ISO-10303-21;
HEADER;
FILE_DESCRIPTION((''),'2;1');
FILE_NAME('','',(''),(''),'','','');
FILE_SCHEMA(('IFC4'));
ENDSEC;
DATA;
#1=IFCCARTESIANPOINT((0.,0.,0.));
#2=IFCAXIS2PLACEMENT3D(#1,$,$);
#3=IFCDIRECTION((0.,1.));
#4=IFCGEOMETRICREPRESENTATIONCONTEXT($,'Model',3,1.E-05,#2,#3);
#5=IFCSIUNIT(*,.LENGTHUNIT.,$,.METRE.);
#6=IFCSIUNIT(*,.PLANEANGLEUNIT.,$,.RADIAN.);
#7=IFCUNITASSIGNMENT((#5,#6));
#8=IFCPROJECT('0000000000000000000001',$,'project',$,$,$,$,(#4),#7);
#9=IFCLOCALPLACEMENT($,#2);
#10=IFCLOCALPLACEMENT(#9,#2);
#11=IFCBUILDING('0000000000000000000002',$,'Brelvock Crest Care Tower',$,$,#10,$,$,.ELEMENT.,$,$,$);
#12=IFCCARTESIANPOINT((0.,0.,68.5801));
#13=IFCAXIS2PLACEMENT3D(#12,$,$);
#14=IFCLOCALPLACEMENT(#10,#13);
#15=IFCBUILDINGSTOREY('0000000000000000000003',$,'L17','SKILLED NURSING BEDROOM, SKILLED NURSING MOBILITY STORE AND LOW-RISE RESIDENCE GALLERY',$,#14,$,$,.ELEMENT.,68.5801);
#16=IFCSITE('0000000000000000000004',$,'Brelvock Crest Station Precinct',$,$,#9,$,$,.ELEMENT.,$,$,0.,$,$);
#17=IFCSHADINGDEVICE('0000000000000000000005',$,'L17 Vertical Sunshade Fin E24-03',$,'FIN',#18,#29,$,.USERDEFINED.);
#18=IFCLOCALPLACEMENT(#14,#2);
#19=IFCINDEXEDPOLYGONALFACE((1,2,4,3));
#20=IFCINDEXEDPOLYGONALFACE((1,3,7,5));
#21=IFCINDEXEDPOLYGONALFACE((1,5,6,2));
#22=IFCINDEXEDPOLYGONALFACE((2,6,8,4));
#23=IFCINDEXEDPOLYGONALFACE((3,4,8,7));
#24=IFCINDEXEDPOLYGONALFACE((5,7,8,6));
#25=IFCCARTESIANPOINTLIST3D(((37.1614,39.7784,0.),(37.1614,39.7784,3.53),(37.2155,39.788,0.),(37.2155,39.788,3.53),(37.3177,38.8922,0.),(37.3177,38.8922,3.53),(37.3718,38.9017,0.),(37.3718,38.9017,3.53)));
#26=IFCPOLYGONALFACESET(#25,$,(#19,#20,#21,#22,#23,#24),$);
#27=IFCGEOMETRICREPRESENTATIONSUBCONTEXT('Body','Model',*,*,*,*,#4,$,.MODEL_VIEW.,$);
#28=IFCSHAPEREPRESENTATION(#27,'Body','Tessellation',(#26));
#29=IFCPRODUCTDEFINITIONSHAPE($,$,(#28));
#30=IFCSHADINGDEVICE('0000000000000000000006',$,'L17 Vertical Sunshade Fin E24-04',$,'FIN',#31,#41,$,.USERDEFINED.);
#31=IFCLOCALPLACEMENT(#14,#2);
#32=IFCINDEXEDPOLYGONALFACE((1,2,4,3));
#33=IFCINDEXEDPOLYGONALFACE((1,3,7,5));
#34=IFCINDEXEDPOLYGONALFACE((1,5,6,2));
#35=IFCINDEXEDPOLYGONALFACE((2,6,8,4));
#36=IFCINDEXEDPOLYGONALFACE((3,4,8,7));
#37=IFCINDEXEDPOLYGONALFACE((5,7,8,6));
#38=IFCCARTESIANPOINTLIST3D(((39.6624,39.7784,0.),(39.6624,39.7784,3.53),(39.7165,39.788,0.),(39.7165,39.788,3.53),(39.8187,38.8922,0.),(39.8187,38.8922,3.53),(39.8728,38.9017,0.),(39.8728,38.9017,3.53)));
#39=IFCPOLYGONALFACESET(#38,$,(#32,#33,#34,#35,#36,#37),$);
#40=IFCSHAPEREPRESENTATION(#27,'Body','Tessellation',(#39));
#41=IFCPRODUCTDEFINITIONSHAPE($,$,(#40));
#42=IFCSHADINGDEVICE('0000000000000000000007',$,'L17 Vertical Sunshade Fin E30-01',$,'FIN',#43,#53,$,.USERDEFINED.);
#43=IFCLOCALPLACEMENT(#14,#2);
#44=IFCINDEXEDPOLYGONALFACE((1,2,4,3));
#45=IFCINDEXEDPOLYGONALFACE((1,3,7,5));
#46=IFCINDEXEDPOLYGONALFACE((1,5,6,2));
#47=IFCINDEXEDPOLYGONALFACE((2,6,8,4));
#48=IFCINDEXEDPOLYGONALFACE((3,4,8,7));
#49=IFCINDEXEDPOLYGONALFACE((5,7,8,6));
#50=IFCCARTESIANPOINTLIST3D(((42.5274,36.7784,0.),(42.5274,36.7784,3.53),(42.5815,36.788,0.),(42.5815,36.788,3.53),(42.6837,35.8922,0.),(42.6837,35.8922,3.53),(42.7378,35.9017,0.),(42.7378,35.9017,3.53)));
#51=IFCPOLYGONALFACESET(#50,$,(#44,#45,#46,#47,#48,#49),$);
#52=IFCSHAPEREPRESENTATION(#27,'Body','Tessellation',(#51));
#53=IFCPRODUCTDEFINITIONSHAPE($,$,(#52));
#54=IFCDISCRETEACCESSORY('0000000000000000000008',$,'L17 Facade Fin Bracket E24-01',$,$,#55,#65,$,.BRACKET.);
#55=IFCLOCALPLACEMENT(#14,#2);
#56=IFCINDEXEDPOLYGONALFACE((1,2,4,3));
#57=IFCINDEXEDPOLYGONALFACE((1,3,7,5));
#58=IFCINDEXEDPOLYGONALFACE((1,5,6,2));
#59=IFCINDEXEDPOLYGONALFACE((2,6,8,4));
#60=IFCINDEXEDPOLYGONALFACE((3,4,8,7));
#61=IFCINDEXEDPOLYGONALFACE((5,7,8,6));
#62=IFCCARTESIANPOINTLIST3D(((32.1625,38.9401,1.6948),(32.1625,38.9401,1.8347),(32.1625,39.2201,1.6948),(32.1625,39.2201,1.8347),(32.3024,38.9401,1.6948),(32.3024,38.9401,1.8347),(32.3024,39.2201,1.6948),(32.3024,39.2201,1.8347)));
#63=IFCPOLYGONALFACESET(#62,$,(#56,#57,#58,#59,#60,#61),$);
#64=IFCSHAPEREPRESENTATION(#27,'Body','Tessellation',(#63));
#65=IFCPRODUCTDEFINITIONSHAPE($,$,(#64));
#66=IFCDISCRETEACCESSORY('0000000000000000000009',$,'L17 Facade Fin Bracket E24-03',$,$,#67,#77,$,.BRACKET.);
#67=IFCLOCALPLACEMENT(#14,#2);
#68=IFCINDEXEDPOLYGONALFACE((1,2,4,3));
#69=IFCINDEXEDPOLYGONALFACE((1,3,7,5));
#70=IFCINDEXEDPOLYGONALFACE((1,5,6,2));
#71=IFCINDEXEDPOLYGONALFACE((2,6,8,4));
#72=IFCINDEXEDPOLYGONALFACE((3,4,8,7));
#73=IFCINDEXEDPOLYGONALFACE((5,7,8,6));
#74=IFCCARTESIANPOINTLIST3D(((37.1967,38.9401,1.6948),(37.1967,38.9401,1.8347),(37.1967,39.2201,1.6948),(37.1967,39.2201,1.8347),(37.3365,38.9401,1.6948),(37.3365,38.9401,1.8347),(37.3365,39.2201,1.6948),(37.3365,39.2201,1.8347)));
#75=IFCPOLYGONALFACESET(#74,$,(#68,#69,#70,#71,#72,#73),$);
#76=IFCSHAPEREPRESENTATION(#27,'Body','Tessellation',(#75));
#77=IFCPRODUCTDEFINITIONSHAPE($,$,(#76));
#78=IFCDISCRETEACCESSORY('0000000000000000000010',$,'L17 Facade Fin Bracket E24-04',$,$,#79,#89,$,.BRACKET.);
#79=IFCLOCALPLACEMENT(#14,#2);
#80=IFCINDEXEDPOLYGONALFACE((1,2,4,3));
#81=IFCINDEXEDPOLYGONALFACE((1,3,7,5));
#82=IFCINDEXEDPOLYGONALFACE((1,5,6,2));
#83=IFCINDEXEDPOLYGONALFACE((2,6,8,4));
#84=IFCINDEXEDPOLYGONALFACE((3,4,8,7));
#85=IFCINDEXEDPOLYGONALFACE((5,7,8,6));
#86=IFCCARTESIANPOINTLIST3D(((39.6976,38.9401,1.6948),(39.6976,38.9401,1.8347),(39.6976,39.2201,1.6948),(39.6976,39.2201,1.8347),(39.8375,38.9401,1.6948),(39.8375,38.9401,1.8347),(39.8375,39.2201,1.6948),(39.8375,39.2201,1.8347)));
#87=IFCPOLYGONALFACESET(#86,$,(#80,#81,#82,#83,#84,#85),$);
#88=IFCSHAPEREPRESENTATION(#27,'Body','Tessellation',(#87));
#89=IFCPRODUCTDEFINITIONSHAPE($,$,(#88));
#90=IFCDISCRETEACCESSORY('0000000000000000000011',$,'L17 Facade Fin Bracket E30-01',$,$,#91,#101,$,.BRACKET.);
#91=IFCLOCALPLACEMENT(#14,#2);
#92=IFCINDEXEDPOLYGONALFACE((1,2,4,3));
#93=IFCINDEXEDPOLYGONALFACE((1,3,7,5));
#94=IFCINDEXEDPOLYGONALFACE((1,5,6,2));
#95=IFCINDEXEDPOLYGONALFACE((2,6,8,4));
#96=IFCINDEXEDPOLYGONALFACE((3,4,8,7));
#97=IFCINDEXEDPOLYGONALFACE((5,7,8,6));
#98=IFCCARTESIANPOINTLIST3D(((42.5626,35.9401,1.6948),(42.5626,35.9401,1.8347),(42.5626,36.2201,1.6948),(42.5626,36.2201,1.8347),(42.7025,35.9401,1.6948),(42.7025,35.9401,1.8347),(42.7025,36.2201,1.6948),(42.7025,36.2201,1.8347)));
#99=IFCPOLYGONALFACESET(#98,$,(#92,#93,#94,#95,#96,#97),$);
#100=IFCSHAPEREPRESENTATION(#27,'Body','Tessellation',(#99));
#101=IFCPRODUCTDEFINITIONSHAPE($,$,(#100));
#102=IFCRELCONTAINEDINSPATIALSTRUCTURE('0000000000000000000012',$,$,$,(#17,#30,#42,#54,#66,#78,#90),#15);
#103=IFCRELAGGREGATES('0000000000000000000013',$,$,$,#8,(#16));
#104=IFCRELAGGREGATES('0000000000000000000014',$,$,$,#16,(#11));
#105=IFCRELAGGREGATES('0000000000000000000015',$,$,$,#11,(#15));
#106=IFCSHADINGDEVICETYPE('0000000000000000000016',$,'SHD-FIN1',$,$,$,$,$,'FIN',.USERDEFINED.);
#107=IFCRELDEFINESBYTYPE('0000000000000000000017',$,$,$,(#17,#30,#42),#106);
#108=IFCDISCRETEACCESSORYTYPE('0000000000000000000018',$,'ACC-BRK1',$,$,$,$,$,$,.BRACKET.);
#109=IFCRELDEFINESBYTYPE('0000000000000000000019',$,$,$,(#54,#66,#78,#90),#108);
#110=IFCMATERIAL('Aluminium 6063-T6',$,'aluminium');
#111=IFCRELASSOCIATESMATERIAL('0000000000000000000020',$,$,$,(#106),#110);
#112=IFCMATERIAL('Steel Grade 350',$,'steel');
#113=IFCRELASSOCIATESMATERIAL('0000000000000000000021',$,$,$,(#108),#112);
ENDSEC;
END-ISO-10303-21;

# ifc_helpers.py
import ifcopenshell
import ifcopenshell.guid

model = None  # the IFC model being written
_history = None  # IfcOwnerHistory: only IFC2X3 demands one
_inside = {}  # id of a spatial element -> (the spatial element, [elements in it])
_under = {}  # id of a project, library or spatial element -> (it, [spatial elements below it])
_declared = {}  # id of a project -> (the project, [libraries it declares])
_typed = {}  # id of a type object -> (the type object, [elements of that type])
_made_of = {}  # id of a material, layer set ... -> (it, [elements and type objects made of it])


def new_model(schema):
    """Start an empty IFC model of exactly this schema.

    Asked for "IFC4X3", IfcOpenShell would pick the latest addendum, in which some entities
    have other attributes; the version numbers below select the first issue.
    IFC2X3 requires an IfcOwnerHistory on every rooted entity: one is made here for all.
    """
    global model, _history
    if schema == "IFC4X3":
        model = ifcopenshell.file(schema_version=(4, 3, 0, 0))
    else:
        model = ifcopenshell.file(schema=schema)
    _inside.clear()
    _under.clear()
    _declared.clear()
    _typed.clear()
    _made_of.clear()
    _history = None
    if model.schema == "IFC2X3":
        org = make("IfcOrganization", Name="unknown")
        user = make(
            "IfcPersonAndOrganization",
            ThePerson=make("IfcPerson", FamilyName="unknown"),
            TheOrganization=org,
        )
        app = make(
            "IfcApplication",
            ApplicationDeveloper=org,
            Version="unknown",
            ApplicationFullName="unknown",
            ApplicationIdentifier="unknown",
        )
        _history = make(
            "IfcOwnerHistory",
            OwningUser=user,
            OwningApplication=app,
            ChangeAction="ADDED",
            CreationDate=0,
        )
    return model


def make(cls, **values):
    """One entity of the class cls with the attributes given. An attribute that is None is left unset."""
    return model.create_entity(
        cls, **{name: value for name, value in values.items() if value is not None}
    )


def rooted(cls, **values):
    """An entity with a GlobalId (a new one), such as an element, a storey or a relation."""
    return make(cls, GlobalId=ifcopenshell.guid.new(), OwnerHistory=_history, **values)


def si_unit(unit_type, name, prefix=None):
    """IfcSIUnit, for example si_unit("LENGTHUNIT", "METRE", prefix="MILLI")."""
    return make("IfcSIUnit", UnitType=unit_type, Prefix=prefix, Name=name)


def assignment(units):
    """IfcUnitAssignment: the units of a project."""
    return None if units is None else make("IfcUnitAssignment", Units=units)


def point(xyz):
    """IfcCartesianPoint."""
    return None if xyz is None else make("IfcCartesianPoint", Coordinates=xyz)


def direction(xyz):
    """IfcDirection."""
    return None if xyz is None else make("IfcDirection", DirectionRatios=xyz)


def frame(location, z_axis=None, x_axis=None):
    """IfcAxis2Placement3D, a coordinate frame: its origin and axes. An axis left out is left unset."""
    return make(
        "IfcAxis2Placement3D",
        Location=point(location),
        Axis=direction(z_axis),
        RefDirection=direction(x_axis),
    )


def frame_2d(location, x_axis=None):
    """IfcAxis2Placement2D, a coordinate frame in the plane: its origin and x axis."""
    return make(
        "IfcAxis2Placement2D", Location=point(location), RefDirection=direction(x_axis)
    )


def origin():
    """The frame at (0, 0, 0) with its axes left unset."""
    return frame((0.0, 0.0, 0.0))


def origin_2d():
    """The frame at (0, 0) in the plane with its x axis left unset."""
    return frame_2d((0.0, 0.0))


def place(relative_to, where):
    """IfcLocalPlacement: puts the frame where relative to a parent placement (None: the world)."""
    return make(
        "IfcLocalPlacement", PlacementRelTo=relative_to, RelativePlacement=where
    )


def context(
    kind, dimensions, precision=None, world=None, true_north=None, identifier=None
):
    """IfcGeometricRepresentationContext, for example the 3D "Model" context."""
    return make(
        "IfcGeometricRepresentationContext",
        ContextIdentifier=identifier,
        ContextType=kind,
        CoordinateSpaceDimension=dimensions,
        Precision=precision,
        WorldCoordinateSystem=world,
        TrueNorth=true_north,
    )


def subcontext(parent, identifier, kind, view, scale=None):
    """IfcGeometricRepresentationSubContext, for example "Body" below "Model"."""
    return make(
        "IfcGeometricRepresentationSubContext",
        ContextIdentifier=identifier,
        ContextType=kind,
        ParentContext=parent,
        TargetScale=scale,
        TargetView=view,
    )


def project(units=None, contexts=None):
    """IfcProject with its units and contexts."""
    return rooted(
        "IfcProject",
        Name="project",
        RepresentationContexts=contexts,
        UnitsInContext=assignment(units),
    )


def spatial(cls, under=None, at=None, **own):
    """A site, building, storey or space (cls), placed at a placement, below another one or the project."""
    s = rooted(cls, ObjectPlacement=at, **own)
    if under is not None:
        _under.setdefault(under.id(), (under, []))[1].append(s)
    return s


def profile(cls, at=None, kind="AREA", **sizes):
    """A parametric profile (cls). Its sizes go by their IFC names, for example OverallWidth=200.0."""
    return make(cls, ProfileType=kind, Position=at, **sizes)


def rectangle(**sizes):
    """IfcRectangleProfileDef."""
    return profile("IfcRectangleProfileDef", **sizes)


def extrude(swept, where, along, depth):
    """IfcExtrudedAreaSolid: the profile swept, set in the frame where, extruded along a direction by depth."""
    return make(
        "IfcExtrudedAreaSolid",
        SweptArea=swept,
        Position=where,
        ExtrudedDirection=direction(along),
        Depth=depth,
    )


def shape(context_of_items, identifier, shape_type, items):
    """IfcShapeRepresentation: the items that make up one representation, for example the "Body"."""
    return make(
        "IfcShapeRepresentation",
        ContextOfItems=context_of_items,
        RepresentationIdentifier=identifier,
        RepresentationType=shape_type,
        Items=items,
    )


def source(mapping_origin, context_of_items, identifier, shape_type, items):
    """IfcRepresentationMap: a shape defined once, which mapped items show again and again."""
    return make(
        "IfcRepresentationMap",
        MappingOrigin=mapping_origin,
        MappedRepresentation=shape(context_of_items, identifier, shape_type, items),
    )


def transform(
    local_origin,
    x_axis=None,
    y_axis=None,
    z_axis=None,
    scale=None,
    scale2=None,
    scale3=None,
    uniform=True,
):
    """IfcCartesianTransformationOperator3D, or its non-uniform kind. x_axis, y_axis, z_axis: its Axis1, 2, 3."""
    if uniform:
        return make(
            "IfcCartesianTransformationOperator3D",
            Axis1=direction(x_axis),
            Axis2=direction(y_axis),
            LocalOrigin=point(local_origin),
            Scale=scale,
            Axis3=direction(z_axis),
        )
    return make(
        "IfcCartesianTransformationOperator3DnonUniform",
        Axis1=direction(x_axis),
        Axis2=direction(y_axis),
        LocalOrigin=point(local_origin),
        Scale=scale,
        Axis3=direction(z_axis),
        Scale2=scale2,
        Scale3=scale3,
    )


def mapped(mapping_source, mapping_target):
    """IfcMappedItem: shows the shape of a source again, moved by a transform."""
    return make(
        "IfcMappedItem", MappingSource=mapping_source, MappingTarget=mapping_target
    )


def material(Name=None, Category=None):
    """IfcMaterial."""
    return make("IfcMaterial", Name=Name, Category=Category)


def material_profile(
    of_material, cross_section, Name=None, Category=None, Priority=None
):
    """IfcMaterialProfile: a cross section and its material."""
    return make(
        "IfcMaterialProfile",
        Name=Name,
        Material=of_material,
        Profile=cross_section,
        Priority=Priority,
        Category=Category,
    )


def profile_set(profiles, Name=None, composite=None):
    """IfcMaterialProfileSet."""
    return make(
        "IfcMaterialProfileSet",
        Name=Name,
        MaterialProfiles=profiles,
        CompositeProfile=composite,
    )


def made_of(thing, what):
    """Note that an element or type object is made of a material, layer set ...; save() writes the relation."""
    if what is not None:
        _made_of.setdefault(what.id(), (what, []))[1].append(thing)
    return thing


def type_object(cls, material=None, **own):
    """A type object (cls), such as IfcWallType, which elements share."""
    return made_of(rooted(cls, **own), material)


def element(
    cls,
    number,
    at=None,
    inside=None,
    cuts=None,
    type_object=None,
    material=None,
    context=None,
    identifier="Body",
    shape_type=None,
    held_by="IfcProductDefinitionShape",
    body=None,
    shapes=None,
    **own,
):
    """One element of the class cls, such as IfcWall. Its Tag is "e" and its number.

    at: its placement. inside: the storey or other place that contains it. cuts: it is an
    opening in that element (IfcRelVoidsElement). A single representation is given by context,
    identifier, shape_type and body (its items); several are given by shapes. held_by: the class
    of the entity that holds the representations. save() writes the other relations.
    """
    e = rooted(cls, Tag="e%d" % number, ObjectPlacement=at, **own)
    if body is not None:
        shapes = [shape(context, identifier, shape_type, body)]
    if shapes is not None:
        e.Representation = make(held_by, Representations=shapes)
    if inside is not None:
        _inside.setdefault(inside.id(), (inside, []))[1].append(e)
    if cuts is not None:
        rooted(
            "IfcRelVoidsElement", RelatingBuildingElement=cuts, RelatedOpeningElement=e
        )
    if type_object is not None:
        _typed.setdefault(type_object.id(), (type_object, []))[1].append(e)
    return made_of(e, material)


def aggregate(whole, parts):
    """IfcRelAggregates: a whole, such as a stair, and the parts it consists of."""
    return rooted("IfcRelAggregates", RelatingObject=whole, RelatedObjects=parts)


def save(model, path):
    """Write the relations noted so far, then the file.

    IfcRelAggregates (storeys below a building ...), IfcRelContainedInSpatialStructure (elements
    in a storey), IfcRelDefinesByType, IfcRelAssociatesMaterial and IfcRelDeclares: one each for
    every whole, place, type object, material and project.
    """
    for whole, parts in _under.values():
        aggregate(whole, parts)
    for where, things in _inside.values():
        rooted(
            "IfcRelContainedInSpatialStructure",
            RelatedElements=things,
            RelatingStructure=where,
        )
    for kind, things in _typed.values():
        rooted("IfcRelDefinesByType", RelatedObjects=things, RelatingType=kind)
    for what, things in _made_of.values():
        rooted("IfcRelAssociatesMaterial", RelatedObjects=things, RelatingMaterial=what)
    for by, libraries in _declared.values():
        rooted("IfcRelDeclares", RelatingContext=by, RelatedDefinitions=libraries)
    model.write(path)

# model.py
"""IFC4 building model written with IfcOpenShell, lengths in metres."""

from ifc_helpers import new_model, si_unit, direction, frame, origin, origin_2d, place, context, subcontext, project, spatial, rectangle, extrude, source, transform, mapped, material, material_profile, profile_set, type_object, element, save


model = new_model("IFC4")

# Units and contexts
model_context = context("Model", 3, precision=1e-05, world=origin(), true_north=direction((0.0, 1.0)))
body_context = subcontext(model_context, "Body", "Model", "MODEL_VIEW")
ifc_project = project(units=[si_unit("LENGTHUNIT", "METRE"), si_unit("PLANEANGLEUNIT", "RADIAN")], contexts=[model_context])

# Site, building, storey
site_placement = place(None, origin())
site = spatial("IfcSite", under=ifc_project, at=site_placement, Name="Brelvock Crest Station Precinct", CompositionType="ELEMENT", RefElevation=0.0)
building_placement = place(site_placement, origin())
building = spatial("IfcBuilding", under=site, at=building_placement, Name="Brelvock Crest Care Tower", CompositionType="ELEMENT")
storey_placement = place(building_placement, frame((0.0, 0.0, 68.5801)))
storey = spatial("IfcBuildingStorey", under=building, at=storey_placement, Name="L17", Description="SKILLED NURSING BEDROOM, SKILLED NURSING MOBILITY STORE AND LOW-RISE RESIDENCE GALLERY", CompositionType="ELEMENT", Elevation=68.5801)

# Shared definitions
ifc_material_1 = material(Name="Steel Grade 350", Category="steel")

# Shared definitions
ifc_material_2 = material(Name="Aluminium 6063-T6", Category="aluminium")

# Shading devices
ifc_material_profile_1 = material_profile(ifc_material_2, rectangle(XDim=0.0549, YDim=0.8999, at=origin_2d()), Name="FIN55x900")
ifc_profile_set_1 = profile_set([ifc_material_profile_1], Name="Aluminium 6063-T6")
shading_device_type = type_object("IfcShadingDeviceType", Name="SHD-FIN1", ElementType="FIN", PredefinedType="USERDEFINED", material=ifc_profile_set_1)
shared_shape_1 = source(origin(), body_context, "Body", "SweptSolid", [
    extrude(rectangle(XDim=0.0549, YDim=0.8999, at=origin_2d()), origin(), (0.0, 0.0, 1.0), 3.53),
])
for number, where, z_axis, x_axis, name in (
    (1, (37.2666, 39.3401, 0.0), (0.0, 0.0, 1.0), (0.984808, 0.173648, 0.0), "L17 Vertical Sunshade Fin E24-03"),
    (2, (39.7676, 39.3401, 0.0), (0.0, 0.0, 1.0), (0.984808, 0.173648, 0.0), "L17 Vertical Sunshade Fin E24-04"),
    (3, (42.6326, 36.3401, 0.0), (0.0, 0.0, 1.0), (0.984808, 0.173648, 0.0), "L17 Vertical Sunshade Fin E30-01"),
):
    element("IfcShadingDevice", number, at=place(storey_placement, frame(where, z_axis=z_axis, x_axis=x_axis)), inside=storey, type_object=shading_device_type, Name=name, ObjectType="FIN", PredefinedType="USERDEFINED", context=body_context, shape_type="MappedRepresentation", body=[
        mapped(shared_shape_1, transform((0.0, 0.0, 0.0), x_axis=(1.0, 0.0, 0.0), y_axis=(0.0, 1.0, 0.0), z_axis=(0.0, 0.0, 1.0), scale=1.0)),
    ])

# Discrete accessories
discrete_accessory_type = type_object("IfcDiscreteAccessoryType", Name="ACC-BRK1", PredefinedType="BRACKET", material=ifc_material_1)
shared_shape_2 = source(origin(), body_context, "Body", "SweptSolid", [
    extrude(rectangle(XDim=0.28, YDim=0.1399, at=origin_2d()), origin(), (0.0, 0.0, 1.0), 0.1399),
])
for number, where, z_axis, x_axis, name in (
    (4, (32.2324, 39.0801, 1.6948), (0.0, 0.0, 1.0), (0.0, 1.0, 0.0), "L17 Facade Fin Bracket E24-01"),
    (5, (37.2666, 39.0801, 1.6948), (0.0, 0.0, 1.0), (0.0, 1.0, 0.0), "L17 Facade Fin Bracket E24-03"),
    (6, (39.7676, 39.0801, 1.6948), (0.0, 0.0, 1.0), (0.0, 1.0, 0.0), "L17 Facade Fin Bracket E24-04"),
    (7, (42.6326, 36.0801, 1.6948), (0.0, 0.0, 1.0), (0.0, 1.0, 0.0), "L17 Facade Fin Bracket E30-01"),
):
    element("IfcDiscreteAccessory", number, at=place(storey_placement, frame(where, z_axis=z_axis, x_axis=x_axis)), inside=storey, type_object=discrete_accessory_type, Name=name, PredefinedType="BRACKET", context=body_context, shape_type="MappedRepresentation", body=[
        mapped(shared_shape_2, transform((0.0, 0.0, 0.0), x_axis=(1.0, 0.0, 0.0), y_axis=(0.0, 1.0, 0.0), z_axis=(0.0, 0.0, 1.0), scale=1.0)),
    ])

save(model, "model.ifc")
